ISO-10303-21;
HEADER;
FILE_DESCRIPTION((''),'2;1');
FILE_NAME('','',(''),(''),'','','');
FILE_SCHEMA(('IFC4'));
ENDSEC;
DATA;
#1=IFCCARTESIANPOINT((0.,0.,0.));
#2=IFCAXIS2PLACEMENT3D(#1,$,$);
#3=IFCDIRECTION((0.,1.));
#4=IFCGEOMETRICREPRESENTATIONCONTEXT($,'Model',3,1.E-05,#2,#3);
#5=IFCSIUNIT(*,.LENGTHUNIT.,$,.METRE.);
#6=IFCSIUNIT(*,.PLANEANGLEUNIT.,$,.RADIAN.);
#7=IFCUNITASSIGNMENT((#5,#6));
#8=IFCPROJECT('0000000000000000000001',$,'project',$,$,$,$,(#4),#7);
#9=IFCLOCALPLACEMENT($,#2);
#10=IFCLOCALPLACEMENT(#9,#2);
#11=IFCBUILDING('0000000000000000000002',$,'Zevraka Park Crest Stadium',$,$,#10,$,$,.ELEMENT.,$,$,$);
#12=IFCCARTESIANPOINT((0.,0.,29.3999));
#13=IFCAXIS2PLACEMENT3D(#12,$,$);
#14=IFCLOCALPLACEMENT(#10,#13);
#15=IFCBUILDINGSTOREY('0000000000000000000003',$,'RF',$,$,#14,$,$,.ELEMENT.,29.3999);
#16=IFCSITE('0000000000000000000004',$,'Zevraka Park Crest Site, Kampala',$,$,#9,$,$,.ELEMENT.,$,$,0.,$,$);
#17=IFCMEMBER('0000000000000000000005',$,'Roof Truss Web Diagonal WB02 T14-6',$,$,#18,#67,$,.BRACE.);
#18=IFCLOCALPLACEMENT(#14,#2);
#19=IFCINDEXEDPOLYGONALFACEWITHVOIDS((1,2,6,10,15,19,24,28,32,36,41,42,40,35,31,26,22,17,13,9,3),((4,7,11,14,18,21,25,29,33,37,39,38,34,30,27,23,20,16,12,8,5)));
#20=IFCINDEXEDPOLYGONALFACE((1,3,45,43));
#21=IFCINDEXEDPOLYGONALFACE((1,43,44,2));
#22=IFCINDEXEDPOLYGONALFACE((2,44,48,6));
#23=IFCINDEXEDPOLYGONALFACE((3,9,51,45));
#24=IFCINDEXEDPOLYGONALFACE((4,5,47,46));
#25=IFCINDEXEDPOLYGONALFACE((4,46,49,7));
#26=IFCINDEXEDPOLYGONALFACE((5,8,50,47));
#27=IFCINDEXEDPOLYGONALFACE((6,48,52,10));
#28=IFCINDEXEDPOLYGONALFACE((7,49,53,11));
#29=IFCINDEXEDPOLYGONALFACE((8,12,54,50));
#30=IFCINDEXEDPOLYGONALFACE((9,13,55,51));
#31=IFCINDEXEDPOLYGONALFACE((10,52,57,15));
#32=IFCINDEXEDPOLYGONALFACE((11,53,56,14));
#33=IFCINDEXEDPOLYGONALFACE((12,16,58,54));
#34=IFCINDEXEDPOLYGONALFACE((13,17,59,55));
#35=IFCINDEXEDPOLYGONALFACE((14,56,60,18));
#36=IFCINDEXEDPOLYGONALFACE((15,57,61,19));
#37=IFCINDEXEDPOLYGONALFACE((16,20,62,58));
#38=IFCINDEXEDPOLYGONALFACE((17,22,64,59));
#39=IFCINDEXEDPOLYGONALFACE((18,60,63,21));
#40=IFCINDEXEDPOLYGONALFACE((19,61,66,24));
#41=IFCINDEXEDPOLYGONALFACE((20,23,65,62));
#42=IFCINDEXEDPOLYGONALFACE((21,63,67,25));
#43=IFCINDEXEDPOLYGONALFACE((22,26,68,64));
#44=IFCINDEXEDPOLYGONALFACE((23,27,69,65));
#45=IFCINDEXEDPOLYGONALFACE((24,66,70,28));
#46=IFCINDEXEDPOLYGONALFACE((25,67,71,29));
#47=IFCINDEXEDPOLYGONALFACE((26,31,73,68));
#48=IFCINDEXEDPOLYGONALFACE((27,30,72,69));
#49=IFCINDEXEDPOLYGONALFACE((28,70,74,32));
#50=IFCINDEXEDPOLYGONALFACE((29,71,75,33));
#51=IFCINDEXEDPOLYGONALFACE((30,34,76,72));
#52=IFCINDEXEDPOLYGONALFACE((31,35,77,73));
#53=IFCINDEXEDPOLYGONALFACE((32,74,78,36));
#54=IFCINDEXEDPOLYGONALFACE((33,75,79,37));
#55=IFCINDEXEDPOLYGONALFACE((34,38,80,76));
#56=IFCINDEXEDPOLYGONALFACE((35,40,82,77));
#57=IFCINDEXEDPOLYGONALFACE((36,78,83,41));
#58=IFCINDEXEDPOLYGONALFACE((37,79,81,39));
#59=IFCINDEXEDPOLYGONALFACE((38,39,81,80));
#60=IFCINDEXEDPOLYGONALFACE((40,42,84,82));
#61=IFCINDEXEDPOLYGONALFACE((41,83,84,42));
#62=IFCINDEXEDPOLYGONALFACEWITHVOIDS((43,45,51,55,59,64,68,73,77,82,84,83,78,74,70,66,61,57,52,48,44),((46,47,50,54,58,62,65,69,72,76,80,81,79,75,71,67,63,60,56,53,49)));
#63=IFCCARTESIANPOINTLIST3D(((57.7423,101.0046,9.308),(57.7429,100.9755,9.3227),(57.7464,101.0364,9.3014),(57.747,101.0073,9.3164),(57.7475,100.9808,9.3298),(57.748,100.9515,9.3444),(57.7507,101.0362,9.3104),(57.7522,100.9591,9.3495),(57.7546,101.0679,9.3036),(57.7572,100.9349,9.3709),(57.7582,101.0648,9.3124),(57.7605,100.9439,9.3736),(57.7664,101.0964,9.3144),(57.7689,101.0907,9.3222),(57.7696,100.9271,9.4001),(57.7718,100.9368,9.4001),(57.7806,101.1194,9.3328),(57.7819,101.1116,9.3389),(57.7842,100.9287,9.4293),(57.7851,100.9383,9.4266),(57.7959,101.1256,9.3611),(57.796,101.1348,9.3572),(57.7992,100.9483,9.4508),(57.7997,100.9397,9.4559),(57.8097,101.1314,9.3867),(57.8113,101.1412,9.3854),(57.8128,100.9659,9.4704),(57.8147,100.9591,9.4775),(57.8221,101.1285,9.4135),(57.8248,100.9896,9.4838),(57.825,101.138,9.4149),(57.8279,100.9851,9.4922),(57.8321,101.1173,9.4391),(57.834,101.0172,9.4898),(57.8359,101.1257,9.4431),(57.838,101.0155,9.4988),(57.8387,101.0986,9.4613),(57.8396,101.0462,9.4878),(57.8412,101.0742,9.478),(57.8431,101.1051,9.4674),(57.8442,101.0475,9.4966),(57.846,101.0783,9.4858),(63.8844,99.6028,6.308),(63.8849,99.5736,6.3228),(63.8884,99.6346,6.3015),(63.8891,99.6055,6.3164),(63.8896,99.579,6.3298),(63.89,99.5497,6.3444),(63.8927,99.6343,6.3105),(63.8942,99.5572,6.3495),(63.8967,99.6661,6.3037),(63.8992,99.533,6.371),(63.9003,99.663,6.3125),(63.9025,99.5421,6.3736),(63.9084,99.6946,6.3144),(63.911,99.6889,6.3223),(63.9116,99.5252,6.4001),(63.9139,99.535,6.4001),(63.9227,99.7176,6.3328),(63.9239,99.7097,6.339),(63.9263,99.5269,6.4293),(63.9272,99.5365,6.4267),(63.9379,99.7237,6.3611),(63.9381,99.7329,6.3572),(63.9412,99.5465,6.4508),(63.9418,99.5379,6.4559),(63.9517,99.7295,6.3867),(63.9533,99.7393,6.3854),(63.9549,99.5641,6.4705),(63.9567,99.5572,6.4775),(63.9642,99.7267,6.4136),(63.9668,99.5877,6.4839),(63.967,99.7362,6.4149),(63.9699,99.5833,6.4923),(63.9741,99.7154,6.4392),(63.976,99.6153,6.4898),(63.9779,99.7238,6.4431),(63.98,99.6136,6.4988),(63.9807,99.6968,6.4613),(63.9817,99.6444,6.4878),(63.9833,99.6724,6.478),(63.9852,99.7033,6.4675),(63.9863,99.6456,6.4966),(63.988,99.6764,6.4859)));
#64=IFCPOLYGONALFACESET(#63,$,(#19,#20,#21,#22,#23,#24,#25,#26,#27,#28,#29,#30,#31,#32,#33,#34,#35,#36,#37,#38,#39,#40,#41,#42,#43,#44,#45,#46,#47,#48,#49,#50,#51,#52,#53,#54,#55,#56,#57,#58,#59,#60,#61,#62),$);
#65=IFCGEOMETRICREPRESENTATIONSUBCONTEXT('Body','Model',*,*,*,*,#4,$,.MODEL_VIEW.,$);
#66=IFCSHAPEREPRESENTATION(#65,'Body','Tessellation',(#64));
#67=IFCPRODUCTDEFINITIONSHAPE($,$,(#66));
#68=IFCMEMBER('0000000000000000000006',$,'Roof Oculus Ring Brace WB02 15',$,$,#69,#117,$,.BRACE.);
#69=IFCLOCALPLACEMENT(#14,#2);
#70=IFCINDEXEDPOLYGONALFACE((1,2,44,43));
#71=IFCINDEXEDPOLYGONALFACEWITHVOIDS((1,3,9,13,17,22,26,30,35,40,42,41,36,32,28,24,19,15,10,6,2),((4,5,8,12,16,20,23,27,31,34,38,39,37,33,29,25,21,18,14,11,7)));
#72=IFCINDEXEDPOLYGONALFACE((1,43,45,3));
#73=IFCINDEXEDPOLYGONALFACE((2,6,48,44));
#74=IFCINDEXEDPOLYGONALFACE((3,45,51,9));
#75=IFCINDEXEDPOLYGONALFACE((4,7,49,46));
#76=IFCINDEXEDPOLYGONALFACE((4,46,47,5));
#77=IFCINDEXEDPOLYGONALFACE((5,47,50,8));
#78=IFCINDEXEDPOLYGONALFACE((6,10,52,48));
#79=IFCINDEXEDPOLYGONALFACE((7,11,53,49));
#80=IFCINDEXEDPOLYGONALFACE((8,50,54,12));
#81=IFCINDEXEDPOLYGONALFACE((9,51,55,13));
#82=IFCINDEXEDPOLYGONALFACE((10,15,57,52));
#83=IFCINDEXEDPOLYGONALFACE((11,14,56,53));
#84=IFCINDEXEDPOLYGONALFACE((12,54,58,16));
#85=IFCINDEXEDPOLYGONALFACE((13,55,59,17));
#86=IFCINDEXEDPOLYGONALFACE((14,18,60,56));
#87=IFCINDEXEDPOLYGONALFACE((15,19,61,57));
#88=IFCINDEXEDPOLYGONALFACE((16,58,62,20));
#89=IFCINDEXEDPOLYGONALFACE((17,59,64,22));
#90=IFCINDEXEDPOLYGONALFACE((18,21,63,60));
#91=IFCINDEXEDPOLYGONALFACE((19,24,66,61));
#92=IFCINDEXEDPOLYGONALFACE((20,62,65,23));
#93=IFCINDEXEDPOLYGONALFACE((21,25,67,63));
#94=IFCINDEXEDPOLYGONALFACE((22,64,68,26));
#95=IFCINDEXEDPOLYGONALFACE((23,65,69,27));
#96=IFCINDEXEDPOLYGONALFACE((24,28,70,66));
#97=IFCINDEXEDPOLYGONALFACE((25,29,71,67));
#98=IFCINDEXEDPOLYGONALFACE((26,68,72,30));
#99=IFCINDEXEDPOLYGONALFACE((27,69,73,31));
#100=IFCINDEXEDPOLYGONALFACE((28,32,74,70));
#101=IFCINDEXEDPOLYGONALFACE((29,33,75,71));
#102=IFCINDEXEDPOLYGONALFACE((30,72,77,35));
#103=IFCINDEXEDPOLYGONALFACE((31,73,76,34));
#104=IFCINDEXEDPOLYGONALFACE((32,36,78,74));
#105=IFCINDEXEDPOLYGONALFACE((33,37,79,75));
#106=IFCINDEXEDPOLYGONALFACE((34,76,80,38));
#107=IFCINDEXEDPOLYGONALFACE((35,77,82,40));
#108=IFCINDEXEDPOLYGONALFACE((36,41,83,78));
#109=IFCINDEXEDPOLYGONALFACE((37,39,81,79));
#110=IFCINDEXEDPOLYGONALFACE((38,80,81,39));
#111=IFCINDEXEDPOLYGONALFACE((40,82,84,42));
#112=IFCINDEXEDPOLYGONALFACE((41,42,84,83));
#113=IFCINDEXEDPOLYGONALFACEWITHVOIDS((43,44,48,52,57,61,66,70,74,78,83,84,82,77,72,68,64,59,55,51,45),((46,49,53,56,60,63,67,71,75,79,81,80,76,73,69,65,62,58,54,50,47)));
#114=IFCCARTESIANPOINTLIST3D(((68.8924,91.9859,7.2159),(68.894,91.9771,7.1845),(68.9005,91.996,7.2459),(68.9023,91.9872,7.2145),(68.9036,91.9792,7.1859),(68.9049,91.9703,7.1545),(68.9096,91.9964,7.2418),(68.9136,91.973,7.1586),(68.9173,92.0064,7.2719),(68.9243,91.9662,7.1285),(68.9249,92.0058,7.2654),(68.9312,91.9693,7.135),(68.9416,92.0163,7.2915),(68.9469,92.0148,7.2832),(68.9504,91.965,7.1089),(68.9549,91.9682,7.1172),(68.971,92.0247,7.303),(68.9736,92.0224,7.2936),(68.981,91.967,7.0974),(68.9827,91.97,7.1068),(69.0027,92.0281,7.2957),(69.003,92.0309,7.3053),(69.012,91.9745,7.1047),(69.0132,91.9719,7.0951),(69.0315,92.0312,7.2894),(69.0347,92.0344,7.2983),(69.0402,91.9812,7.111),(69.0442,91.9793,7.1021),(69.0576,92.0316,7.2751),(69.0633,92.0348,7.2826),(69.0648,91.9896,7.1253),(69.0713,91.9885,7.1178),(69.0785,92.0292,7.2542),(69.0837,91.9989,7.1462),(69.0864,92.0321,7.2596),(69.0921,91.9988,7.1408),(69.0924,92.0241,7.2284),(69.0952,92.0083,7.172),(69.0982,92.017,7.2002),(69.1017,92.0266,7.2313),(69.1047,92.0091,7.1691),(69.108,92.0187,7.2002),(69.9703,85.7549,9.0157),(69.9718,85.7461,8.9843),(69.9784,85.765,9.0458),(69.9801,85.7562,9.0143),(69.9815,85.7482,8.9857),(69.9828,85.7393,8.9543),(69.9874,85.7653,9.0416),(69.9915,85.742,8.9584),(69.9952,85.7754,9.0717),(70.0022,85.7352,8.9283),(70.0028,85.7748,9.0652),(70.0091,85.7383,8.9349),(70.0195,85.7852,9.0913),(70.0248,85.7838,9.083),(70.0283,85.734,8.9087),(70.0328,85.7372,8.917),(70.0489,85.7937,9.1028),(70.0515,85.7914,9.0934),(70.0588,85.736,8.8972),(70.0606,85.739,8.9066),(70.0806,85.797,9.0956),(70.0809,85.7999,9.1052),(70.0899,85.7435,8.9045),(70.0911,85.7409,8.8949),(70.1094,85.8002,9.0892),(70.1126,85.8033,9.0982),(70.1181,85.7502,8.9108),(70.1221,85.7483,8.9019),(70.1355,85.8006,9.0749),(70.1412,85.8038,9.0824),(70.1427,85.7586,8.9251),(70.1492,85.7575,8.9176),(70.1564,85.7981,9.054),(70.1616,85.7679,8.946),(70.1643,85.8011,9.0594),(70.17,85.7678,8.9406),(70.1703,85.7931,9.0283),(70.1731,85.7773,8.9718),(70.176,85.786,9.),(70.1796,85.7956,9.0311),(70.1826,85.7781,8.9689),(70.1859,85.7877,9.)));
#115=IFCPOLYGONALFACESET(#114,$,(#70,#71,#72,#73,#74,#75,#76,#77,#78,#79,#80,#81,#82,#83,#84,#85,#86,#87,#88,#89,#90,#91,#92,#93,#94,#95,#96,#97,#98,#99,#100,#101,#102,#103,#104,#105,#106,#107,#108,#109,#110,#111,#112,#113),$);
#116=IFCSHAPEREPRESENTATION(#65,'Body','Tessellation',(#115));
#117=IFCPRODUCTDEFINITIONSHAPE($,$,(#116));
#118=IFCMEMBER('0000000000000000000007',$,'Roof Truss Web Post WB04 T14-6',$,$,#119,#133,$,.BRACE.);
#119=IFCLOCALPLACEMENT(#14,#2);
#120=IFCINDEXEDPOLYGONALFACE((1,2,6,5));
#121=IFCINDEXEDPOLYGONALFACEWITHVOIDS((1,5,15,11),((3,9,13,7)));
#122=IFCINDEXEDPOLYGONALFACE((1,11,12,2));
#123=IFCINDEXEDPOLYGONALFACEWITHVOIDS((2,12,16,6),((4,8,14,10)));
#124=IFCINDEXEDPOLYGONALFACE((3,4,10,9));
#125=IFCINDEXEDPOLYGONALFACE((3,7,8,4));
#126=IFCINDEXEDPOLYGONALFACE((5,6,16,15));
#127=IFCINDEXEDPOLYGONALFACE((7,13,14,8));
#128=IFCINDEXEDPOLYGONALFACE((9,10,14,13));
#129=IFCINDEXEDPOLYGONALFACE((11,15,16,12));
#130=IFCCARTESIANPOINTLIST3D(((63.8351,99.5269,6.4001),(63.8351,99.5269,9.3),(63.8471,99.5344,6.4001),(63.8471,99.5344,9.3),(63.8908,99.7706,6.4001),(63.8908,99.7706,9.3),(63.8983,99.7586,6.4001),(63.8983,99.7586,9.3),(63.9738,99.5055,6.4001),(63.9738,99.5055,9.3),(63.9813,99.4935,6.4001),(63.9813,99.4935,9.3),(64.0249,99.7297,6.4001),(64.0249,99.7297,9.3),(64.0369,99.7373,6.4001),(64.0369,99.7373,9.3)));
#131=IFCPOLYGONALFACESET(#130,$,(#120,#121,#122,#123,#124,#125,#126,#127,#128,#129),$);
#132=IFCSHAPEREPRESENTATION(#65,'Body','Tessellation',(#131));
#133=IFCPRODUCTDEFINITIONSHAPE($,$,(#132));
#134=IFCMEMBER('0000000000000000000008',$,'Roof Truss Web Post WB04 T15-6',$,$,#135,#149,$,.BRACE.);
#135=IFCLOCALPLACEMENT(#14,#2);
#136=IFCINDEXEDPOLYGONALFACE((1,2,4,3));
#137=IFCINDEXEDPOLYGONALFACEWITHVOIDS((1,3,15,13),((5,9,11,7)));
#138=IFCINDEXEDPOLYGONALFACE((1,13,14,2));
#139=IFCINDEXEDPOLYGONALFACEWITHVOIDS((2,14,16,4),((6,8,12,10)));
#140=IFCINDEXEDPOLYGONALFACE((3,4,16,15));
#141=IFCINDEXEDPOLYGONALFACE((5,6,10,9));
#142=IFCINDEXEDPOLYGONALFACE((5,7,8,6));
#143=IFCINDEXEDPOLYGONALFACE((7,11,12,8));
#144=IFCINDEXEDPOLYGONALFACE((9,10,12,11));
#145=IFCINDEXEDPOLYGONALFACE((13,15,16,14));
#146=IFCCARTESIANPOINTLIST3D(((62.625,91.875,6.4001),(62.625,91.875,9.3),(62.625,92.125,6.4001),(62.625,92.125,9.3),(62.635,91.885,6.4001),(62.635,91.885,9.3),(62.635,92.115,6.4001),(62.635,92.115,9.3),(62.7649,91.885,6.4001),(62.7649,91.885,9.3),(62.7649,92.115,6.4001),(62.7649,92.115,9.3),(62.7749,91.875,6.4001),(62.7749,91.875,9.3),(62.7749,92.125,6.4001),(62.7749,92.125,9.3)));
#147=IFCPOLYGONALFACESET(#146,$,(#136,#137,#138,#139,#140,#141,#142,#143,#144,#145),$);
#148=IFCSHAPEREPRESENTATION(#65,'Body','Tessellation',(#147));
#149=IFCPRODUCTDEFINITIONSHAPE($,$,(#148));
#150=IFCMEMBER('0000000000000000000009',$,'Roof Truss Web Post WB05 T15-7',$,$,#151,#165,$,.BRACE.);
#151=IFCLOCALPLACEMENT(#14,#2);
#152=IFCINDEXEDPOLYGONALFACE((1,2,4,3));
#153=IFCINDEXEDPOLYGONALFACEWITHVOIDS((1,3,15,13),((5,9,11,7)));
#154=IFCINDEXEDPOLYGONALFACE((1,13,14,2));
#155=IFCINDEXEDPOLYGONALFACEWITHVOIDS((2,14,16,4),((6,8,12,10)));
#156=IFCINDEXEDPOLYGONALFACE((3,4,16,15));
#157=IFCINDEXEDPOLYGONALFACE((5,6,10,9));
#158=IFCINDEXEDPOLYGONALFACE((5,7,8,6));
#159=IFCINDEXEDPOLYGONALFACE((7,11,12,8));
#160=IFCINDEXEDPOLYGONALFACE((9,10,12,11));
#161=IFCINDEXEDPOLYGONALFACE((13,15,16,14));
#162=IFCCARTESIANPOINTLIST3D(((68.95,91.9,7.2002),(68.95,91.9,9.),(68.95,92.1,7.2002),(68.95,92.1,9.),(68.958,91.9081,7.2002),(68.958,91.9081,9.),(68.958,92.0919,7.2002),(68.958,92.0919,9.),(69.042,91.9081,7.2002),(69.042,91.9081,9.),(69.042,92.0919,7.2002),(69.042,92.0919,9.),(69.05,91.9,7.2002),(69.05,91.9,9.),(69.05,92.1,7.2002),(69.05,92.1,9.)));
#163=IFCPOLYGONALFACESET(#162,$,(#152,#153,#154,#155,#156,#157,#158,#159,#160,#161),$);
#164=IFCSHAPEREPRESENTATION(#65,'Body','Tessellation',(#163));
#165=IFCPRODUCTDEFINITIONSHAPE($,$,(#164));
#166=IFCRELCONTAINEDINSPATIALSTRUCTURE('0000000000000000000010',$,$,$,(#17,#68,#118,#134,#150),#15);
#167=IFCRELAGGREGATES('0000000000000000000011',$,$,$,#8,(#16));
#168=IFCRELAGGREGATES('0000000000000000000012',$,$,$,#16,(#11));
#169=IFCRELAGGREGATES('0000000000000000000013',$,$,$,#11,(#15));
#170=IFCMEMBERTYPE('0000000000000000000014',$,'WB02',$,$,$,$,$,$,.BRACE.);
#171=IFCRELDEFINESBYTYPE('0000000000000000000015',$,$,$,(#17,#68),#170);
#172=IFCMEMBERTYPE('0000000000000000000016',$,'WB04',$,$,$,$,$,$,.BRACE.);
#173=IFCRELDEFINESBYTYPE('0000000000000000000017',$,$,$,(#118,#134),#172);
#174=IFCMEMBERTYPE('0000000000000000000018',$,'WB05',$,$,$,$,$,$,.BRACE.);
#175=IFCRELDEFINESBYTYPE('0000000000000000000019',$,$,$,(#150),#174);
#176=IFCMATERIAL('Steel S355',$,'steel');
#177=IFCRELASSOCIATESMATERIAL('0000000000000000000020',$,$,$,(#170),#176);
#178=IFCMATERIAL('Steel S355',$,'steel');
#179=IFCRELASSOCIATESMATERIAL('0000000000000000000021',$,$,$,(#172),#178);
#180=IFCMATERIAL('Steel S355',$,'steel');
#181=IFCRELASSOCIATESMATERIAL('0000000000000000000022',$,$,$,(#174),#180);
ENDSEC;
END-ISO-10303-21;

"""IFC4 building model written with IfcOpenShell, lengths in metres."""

from ifc_helpers import new_model, si_unit, direction, frame, origin, origin_2d, place, context, subcontext, project, spatial, hollow_rectangle, hollow_circle, extrude, material, material_profile, profile_set, type_object, element, save


model = new_model("IFC4")

# Units and contexts
model_context = context("Model", 3, precision=1e-05, world=origin(), true_north=direction((0.0, 1.0)))
body_context = subcontext(model_context, "Body", "Model", "MODEL_VIEW")
ifc_project = project(units=[si_unit("LENGTHUNIT", "METRE"), si_unit("PLANEANGLEUNIT", "RADIAN")], contexts=[model_context])

# Site, building, storey
site_placement = place(None, origin())
site = spatial("IfcSite", under=ifc_project, at=site_placement, Name="Zevraka Park Crest Site, Kampala", CompositionType="ELEMENT", RefElevation=0.0)
building_placement = place(site_placement, origin())
building = spatial("IfcBuilding", under=site, at=building_placement, Name="Zevraka Park Crest Stadium", CompositionType="ELEMENT")
storey_placement = place(building_placement, frame((0.0, 0.0, 29.3999)))
storey = spatial("IfcBuildingStorey", under=building, at=storey_placement, Name="RF", CompositionType="ELEMENT", Elevation=29.3999)

# Members
ifc_material_1 = material(Name="Steel S355", Category="steel")
ifc_material_profile_1 = material_profile(ifc_material_1, hollow_circle(Radius=0.1096, WallThickness=0.01, at=origin_2d()), Name="CHS 219.1x10")
ifc_profile_set_1 = profile_set([ifc_material_profile_1], Name="Steel S355")
member_type_1 = type_object("IfcMemberType", Name="WB02", PredefinedType="BRACE", material=ifc_profile_set_1)
member_1_placement = place(storey_placement, frame((63.936, 99.6321, 6.4001), z_axis=(-0.880226, 0.200901, 0.429932), x_axis=(-0.222515, -0.974929, 0.0)))
element("IfcMember", 1, at=member_1_placement, inside=storey, type_object=member_type_1, Name="Roof Truss Web Diagonal WB02 T14-6", PredefinedType="BRACE", context=body_context, shape_type="SweptSolid", body=[
    extrude(hollow_circle(Radius=0.1096, WallThickness=0.01, at=origin_2d()), origin(), (0.0, 0.0, 1.0), 6.9778),
])
member_2_placement = place(storey_placement, frame((69.0, 92.0, 7.2002), z_axis=(0.163945, -0.947725, 0.273749), x_axis=(0.985365, 0.170456, 0.0)))
element("IfcMember", 2, at=member_2_placement, inside=storey, type_object=member_type_1, Name="Roof Oculus Ring Brace WB02 15", PredefinedType="BRACE", context=body_context, shape_type="SweptSolid", body=[
    extrude(hollow_circle(Radius=0.1096, WallThickness=0.01, at=origin_2d()), origin(), (0.0, 0.0, 1.0), 6.5747),
])
ifc_material_2 = material(Name="Steel S355", Category="steel")
ifc_material_profile_2 = material_profile(ifc_material_2, hollow_rectangle(XDim=0.1499, YDim=0.25, WallThickness=0.01, at=origin_2d()), Name="RHS 250x150x10")
ifc_profile_set_2 = profile_set([ifc_material_profile_2], Name="Steel S355")
member_type_2 = type_object("IfcMemberType", Name="WB04", PredefinedType="BRACE", material=ifc_profile_set_2)
for number, where, z_axis, x_axis, name in (
    (3, (63.936, 99.6321, 6.4001), (0.0, 0.0, 1.0), (-0.974917, 0.22257, 0.0), "Roof Truss Web Post WB04 T14-6"),
    (4, (62.7, 92.0, 6.4001), (0.0, 0.0, 1.0), (1.0, 0.0, 0.0), "Roof Truss Web Post WB04 T15-6"),
):
    element("IfcMember", number, at=place(storey_placement, frame(where, z_axis=z_axis, x_axis=x_axis)), inside=storey, type_object=member_type_2, Name=name, PredefinedType="BRACE", context=body_context, shape_type="SweptSolid", body=[
        extrude(hollow_rectangle(XDim=0.1499, YDim=0.25, WallThickness=0.01, at=origin_2d()), origin(), (0.0, 0.0, 1.0), 2.8999),
    ])
ifc_material_3 = material(Name="Steel S355", Category="steel")
ifc_material_profile_3 = material_profile(ifc_material_3, hollow_rectangle(XDim=0.1001, YDim=0.2, WallThickness=0.0081, at=origin_2d()), Name="RHS 200x100x8")
ifc_profile_set_3 = profile_set([ifc_material_profile_3], Name="Steel S355")
member_type_3 = type_object("IfcMemberType", Name="WB05", PredefinedType="BRACE", material=ifc_profile_set_3)
member_3_placement = place(storey_placement, frame((69.0, 92.0, 7.2002), z_axis=(0.0, 0.0, 1.0), x_axis=(1.0, 0.0, 0.0)))
element("IfcMember", 5, at=member_3_placement, inside=storey, type_object=member_type_3, Name="Roof Truss Web Post WB05 T15-7", PredefinedType="BRACE", context=body_context, shape_type="SweptSolid", body=[
    extrude(hollow_rectangle(XDim=0.1001, YDim=0.2, WallThickness=0.0081, at=origin_2d()), origin(), (0.0, 0.0, 1.0), 1.7998),
])

save(model, "model.ifc")
